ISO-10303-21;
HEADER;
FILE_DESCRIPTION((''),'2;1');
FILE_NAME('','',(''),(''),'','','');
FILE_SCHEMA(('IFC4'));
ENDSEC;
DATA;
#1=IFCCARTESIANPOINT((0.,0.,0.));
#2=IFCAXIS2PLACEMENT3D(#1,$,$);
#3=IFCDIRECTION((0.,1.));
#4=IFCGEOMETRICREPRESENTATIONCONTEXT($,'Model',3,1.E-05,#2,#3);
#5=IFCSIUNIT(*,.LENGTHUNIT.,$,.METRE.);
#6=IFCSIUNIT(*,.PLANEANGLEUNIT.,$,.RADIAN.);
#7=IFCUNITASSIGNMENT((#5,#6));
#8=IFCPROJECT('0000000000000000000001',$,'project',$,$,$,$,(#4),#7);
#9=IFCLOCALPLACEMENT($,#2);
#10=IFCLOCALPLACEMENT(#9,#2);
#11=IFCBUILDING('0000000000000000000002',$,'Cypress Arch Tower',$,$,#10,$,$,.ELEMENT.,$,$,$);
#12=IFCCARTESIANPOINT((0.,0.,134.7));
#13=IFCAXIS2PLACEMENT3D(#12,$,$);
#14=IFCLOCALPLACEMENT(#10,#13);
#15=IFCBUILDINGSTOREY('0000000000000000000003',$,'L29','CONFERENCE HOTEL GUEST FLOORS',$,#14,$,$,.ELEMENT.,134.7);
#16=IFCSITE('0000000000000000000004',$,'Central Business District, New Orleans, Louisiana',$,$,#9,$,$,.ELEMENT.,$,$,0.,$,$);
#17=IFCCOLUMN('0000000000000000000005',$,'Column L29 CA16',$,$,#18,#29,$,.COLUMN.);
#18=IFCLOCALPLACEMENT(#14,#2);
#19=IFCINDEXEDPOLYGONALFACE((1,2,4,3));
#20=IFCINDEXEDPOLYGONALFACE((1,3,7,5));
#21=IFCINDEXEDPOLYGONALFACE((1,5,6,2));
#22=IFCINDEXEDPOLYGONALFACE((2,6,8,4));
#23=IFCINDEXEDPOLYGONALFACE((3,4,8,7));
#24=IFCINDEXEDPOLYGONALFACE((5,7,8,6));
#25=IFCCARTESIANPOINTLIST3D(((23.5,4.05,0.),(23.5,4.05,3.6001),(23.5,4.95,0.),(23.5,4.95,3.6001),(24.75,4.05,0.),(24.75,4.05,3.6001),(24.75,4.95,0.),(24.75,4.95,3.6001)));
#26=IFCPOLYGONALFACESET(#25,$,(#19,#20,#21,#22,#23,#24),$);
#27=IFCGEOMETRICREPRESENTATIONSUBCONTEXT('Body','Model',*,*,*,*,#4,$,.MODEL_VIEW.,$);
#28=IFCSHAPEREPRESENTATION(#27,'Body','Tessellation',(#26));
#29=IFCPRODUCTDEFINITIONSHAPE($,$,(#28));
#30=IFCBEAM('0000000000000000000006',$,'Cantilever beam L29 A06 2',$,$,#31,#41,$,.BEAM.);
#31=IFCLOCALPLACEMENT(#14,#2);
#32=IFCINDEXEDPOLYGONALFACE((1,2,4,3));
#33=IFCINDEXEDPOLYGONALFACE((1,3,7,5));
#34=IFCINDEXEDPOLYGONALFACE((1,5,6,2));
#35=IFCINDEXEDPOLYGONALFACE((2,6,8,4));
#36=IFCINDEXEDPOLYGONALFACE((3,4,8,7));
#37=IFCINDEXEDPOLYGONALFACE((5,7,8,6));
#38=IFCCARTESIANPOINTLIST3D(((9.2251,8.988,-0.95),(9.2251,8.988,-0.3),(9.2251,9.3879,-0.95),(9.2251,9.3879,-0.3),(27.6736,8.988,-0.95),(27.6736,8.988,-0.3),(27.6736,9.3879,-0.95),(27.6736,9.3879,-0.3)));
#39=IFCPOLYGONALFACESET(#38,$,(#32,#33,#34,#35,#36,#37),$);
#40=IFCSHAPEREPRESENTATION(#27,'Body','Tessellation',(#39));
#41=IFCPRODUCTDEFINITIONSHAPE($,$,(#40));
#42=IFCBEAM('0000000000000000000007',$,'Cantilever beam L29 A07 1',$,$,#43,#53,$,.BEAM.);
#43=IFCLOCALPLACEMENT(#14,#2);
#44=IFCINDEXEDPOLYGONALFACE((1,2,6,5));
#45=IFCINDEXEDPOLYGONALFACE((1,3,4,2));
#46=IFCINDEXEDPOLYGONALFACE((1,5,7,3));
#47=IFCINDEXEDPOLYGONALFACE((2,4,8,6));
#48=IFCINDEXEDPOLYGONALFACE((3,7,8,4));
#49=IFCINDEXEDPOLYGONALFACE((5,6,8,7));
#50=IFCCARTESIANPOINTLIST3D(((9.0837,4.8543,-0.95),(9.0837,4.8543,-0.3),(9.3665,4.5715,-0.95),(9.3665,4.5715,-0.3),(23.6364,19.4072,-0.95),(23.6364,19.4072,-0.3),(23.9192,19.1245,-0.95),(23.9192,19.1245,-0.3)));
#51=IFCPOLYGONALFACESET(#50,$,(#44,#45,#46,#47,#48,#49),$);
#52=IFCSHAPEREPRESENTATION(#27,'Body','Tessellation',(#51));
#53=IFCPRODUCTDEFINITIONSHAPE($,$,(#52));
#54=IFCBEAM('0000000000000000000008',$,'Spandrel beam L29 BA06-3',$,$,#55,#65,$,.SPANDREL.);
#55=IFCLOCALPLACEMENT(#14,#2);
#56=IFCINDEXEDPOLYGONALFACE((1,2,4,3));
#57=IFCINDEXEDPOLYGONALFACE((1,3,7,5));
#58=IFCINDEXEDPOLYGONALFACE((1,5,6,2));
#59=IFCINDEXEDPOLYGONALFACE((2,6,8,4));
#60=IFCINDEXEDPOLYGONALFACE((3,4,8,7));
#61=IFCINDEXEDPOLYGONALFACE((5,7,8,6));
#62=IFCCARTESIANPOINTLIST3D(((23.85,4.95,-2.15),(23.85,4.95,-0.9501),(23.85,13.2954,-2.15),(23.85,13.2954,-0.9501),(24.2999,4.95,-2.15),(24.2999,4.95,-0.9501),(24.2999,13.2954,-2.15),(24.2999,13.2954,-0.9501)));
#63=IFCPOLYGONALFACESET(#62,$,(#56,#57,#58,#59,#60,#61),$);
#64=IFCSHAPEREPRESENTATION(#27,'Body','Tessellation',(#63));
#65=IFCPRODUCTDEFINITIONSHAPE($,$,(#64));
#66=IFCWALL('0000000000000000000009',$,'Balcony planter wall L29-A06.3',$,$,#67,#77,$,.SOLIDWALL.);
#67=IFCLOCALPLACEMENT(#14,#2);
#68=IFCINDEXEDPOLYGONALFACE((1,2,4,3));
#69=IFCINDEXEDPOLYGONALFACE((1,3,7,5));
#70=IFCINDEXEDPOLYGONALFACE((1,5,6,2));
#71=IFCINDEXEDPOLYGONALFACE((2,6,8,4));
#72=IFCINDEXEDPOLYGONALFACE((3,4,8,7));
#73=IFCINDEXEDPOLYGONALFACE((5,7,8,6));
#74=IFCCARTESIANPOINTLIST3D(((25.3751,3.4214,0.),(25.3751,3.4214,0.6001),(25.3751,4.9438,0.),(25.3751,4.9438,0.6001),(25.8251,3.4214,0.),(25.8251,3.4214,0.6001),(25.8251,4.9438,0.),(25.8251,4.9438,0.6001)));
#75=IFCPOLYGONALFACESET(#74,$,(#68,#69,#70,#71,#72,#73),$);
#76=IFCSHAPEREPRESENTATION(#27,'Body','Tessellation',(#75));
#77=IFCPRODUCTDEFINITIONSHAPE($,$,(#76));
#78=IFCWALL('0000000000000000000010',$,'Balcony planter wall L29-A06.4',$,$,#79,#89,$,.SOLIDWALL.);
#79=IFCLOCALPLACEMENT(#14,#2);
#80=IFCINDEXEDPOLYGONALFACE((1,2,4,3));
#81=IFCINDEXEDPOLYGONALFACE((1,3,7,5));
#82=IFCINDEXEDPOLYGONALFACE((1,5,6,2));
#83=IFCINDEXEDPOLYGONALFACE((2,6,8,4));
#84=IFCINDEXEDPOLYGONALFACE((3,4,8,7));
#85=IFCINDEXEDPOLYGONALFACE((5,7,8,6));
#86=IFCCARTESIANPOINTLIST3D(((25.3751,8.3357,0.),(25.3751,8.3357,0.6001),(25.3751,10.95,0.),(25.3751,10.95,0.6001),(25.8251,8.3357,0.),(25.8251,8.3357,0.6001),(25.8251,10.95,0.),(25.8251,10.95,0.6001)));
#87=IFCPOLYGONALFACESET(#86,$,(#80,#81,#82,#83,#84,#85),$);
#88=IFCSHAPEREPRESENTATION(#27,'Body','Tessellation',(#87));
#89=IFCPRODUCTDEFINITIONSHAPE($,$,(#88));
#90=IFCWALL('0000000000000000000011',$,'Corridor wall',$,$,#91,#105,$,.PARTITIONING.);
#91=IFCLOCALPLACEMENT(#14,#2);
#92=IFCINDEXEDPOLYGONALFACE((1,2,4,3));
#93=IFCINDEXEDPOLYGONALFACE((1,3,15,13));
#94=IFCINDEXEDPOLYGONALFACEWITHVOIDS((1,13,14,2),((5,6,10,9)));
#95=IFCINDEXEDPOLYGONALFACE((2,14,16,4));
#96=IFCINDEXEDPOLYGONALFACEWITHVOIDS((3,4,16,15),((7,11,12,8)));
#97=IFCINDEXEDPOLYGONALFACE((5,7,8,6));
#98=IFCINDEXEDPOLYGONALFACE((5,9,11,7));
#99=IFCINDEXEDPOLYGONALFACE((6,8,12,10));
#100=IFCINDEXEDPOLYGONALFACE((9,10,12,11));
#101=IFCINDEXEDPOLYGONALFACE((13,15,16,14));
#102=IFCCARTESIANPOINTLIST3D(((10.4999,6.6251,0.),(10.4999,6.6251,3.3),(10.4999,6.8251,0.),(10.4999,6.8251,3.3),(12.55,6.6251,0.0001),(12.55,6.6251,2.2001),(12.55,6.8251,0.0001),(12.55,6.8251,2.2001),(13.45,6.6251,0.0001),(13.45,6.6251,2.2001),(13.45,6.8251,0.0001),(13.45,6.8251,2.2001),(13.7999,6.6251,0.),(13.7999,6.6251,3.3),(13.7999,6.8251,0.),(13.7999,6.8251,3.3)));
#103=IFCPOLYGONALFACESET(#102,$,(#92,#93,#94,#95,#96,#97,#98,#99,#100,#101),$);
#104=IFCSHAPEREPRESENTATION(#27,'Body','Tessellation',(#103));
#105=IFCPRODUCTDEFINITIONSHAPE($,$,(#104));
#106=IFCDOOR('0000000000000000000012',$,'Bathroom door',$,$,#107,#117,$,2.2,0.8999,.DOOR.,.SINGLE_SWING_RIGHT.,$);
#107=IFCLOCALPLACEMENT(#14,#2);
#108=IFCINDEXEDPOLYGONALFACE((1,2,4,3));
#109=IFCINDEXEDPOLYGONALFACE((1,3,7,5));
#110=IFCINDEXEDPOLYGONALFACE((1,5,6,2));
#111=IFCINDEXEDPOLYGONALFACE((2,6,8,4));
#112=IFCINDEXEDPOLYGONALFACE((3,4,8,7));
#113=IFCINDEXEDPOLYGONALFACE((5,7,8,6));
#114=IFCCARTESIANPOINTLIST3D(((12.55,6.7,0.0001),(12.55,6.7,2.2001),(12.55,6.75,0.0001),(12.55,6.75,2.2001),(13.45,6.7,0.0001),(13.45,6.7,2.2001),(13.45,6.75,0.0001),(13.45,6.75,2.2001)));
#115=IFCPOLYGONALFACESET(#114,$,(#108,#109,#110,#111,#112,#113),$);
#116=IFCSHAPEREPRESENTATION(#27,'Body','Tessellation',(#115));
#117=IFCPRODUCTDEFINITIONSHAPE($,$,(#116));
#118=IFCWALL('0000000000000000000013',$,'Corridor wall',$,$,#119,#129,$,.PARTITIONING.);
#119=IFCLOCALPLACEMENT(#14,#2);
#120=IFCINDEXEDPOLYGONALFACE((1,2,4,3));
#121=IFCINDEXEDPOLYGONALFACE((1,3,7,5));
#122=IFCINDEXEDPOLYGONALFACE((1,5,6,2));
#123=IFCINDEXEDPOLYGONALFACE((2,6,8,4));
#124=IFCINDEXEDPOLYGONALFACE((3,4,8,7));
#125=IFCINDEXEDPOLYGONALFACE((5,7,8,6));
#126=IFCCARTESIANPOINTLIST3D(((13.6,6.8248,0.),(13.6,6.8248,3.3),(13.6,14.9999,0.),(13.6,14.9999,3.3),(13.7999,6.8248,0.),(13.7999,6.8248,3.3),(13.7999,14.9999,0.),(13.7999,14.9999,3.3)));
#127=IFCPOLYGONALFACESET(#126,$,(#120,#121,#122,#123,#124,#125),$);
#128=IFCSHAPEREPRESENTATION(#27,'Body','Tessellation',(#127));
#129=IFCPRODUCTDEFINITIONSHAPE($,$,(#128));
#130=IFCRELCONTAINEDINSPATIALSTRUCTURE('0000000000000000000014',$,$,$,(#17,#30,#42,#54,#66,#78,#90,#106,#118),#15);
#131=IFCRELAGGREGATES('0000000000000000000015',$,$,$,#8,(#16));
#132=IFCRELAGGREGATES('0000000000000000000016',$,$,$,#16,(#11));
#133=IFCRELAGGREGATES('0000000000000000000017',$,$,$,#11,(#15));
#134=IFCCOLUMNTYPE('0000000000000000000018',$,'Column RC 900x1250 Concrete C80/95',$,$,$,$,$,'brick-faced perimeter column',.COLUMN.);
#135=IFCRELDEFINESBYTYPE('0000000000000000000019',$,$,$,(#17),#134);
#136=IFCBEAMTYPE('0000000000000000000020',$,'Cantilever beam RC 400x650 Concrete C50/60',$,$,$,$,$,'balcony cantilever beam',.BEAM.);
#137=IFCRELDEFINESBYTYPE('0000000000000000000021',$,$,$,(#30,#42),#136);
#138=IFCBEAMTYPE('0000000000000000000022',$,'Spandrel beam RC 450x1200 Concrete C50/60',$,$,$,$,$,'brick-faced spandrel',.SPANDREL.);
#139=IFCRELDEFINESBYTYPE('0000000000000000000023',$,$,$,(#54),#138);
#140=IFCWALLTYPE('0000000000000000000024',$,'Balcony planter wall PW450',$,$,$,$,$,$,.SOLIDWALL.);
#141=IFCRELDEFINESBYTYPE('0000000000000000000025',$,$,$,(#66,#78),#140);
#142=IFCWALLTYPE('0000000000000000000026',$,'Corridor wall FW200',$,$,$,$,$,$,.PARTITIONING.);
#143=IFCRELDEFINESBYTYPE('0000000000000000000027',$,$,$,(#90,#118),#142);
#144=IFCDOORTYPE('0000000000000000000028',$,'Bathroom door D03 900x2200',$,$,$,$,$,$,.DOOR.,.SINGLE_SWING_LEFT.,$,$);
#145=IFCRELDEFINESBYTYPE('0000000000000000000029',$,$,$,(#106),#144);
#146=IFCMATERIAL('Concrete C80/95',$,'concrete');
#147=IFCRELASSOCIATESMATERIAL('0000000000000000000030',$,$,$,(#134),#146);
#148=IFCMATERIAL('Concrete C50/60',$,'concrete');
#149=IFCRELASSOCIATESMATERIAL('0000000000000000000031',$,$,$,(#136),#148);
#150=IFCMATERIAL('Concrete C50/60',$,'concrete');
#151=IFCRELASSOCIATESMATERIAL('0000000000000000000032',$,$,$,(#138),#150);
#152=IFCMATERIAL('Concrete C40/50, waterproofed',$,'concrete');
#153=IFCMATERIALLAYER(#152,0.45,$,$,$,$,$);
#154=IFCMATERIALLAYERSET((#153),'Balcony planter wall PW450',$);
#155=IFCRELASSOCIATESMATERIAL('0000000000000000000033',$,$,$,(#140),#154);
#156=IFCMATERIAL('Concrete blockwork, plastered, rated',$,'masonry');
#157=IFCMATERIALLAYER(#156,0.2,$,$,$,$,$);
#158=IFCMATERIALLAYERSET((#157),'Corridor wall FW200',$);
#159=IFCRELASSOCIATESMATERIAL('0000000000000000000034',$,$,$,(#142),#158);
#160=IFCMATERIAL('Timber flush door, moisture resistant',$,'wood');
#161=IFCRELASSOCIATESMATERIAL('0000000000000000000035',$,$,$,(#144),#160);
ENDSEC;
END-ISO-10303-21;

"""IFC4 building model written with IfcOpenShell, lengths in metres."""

from ifc_helpers import new_model, si_unit, direction, frame, frame_2d, origin, origin_2d, place, context, subcontext, project, spatial, rectangle, extrude, material, layer, layer_set, material_profile, profile_set, type_object, element, fill, save


model = new_model("IFC4")

# Units and contexts
model_context = context("Model", 3, precision=1e-05, world=origin(), true_north=direction((0.0, 1.0)))
body_context = subcontext(model_context, "Body", "Model", "MODEL_VIEW")
ifc_project = project(units=[si_unit("LENGTHUNIT", "METRE"), si_unit("PLANEANGLEUNIT", "RADIAN")], contexts=[model_context])

# Site, building, storey
site_placement = place(None, origin())
site = spatial("IfcSite", under=ifc_project, at=site_placement, Name="Central Business District, New Orleans, Louisiana", CompositionType="ELEMENT", RefElevation=0.0)
building_placement = place(site_placement, origin())
building = spatial("IfcBuilding", under=site, at=building_placement, Name="Cypress Arch Tower", CompositionType="ELEMENT")
storey_placement = place(building_placement, frame((0.0, 0.0, 134.7)))
storey = spatial("IfcBuildingStorey", under=building, at=storey_placement, Name="L29", Description="CONFERENCE HOTEL GUEST FLOORS", CompositionType="ELEMENT", Elevation=134.7)

# Column
ifc_material_1 = material(Name="Concrete C80/95", Category="concrete")
ifc_material_profile_1 = material_profile(ifc_material_1, rectangle(XDim=0.8999, YDim=1.25, at=origin_2d()), Name="RC 900x1250")
ifc_profile_set_1 = profile_set([ifc_material_profile_1], Name="Concrete C80/95")
column_type = type_object("IfcColumnType", Name="Column RC 900x1250 Concrete C80/95", ElementType="brick-faced perimeter column", PredefinedType="COLUMN", material=ifc_profile_set_1)
column_placement = place(storey_placement, frame((24.125, 4.5, 0.0), z_axis=(0.0, 0.0, 1.0), x_axis=(0.0, 1.0, 0.0)))
element("IfcColumn", 1, at=column_placement, inside=storey, type_object=column_type, Name="Column L29 CA16", PredefinedType="COLUMN", context=body_context, shape_type="SweptSolid", body=[
    extrude(rectangle(XDim=0.8999, YDim=1.25, at=origin_2d()), origin(), (0.0, 0.0, 1.0), 3.6001),
])

# Beams
ifc_material_2 = material(Name="Concrete C50/60", Category="concrete")
ifc_material_profile_2 = material_profile(ifc_material_2, rectangle(XDim=0.3999, YDim=0.6499, at=origin_2d()), Name="RC 400x650")
ifc_profile_set_2 = profile_set([ifc_material_profile_2], Name="Concrete C50/60")
beam_type_1 = type_object("IfcBeamType", Name="Cantilever beam RC 400x650 Concrete C50/60", ElementType="balcony cantilever beam", PredefinedType="BEAM", material=ifc_profile_set_2)
beam_1_placement = place(storey_placement, frame((9.2251, 9.188, -0.625), z_axis=(1.0, 0.0, 0.0), x_axis=(0.0, 1.0, 0.0)))
element("IfcBeam", 2, at=beam_1_placement, inside=storey, type_object=beam_type_1, Name="Cantilever beam L29 A06 2", PredefinedType="BEAM", context=body_context, shape_type="SweptSolid", body=[
    extrude(rectangle(XDim=0.3999, YDim=0.6499, at=origin_2d()), origin(), (0.0, 0.0, 1.0), 18.4485),
])
beam_2_placement = place(storey_placement, frame((9.2251, 4.7129, -0.625), z_axis=(0.707101, 0.707113, 0.0), x_axis=(-0.707113, 0.707101, 0.0)))
element("IfcBeam", 3, at=beam_2_placement, inside=storey, type_object=beam_type_1, Name="Cantilever beam L29 A07 1", PredefinedType="BEAM", context=body_context, shape_type="SweptSolid", body=[
    extrude(rectangle(XDim=0.3999, YDim=0.6499, at=origin_2d()), origin(), (0.0, 0.0, 1.0), 20.5808),
])
ifc_material_3 = material(Name="Concrete C50/60", Category="concrete")
ifc_material_profile_3 = material_profile(ifc_material_3, rectangle(XDim=0.45, YDim=1.2, at=origin_2d()), Name="RC 450x1200")
ifc_profile_set_3 = profile_set([ifc_material_profile_3], Name="Concrete C50/60")
beam_type_2 = type_object("IfcBeamType", Name="Spandrel beam RC 450x1200 Concrete C50/60", ElementType="brick-faced spandrel", PredefinedType="SPANDREL", material=ifc_profile_set_3)
beam_3_placement = place(storey_placement, frame((24.075, 4.95, -1.55), z_axis=(0.0, 1.0, 0.0), x_axis=(-1.0, 0.0, 0.0)))
element("IfcBeam", 4, at=beam_3_placement, inside=storey, type_object=beam_type_2, Name="Spandrel beam L29 BA06-3", PredefinedType="SPANDREL", context=body_context, shape_type="SweptSolid", body=[
    extrude(rectangle(XDim=0.45, YDim=1.2, at=origin_2d()), origin(), (0.0, 0.0, 1.0), 8.3455),
])

# Walls
ifc_material_4 = material(Name="Concrete C40/50, waterproofed", Category="concrete")
ifc_layer_1 = layer(ifc_material_4, 0.45)
ifc_layer_set_1 = layer_set([ifc_layer_1], Name="Balcony planter wall PW450")
wall_type_1 = type_object("IfcWallType", Name="Balcony planter wall PW450", PredefinedType="SOLIDWALL", material=ifc_layer_set_1)
wall_1_placement = place(storey_placement, frame((25.6001, 3.4214, 0.0), z_axis=(0.0, 0.0, 1.0), x_axis=(0.0, 1.0, 0.0)))
element("IfcWall", 5, at=wall_1_placement, inside=storey, type_object=wall_type_1, Name="Balcony planter wall L29-A06.3", PredefinedType="SOLIDWALL", context=body_context, shape_type="SweptSolid", body=[
    extrude(rectangle(XDim=1.5225, YDim=0.45, at=frame_2d((0.7612, 0.0))), origin(), (0.0, 0.0, 1.0), 0.6001),
])
wall_2_placement = place(storey_placement, frame((25.6001, 8.3357, 0.0), z_axis=(0.0, 0.0, 1.0), x_axis=(0.0, 1.0, 0.0)))
element("IfcWall", 6, at=wall_2_placement, inside=storey, type_object=wall_type_1, Name="Balcony planter wall L29-A06.4", PredefinedType="SOLIDWALL", context=body_context, shape_type="SweptSolid", body=[
    extrude(rectangle(XDim=2.6143, YDim=0.45, at=frame_2d((1.3071, 0.0))), origin(), (0.0, 0.0, 1.0), 0.6001),
])

# Wall, opening, door
ifc_material_5 = material(Name="Concrete blockwork, plastered, rated", Category="masonry")
ifc_layer_2 = layer(ifc_material_5, 0.2)
ifc_layer_set_2 = layer_set([ifc_layer_2], Name="Corridor wall FW200")
wall_type_2 = type_object("IfcWallType", Name="Corridor wall FW200", PredefinedType="PARTITIONING", material=ifc_layer_set_2)
wall_3_placement = place(storey_placement, frame((10.5, 6.7251, 0.0), z_axis=(0.0, 0.0, 1.0), x_axis=(1.0, 0.0, 0.0)))
wall_3 = element("IfcWall", 7, at=wall_3_placement, inside=storey, type_object=wall_type_2, Name="Corridor wall", PredefinedType="PARTITIONING", context=body_context, shape_type="SweptSolid", body=[
    extrude(rectangle(XDim=3.3, YDim=0.2, at=frame_2d((1.6499, 0.0))), origin(), (0.0, 0.0, 1.0), 3.3),
])
opening_1_placement = place(wall_3_placement, frame((2.05, 0.0, 0.0)))
opening_1 = element("IfcOpeningElement", 8, at=opening_1_placement, cuts=wall_3, PredefinedType="OPENING", context=body_context, shape_type="SweptSolid", body=[
    extrude(rectangle(XDim=0.8999, YDim=2.2, at=frame_2d((0.45, 1.1001))), frame((0.0, 0.1099, 0.0), z_axis=(0.0, -1.0, 0.0), x_axis=(1.0, 0.0, 0.0)), (0.0, 0.0, 1.0), 0.22),
])
ifc_material_6 = material(Name="Timber flush door, moisture resistant", Category="wood")
door_type_1 = type_object("IfcDoorType", Name="Bathroom door D03 900x2200", OperationType="SINGLE_SWING_LEFT", PredefinedType="DOOR", material=ifc_material_6)
door_1_placement = place(opening_1_placement, origin())
door_1 = element("IfcDoor", 9, at=door_1_placement, inside=storey, type_object=door_type_1, Name="Bathroom door", OperationType="SINGLE_SWING_RIGHT", OverallHeight=2.2, OverallWidth=0.8999, PredefinedType="DOOR", context=body_context, shape_type="SweptSolid", body=[
    extrude(rectangle(XDim=0.8999, YDim=2.2, at=frame_2d((0.45, 1.1001))), frame((0.0, 0.0249, 0.0), z_axis=(0.0, -1.0, 0.0), x_axis=(1.0, 0.0, 0.0)), (0.0, 0.0, 1.0), 0.05),
])
fill(opening_1, door_1)

# Wall
wall_4_placement = place(storey_placement, frame((13.7, 6.825, 0.0), z_axis=(0.0, 0.0, 1.0), x_axis=(0.0, 1.0, 0.0)))
element("IfcWall", 10, at=wall_4_placement, inside=storey, type_object=wall_type_2, Name="Corridor wall", PredefinedType="PARTITIONING", context=body_context, shape_type="SweptSolid", body=[
    extrude(rectangle(XDim=8.175, YDim=0.2, at=frame_2d((4.0874, 0.0))), origin(), (0.0, 0.0, 1.0), 3.3),
])

save(model, "model.ifc")
